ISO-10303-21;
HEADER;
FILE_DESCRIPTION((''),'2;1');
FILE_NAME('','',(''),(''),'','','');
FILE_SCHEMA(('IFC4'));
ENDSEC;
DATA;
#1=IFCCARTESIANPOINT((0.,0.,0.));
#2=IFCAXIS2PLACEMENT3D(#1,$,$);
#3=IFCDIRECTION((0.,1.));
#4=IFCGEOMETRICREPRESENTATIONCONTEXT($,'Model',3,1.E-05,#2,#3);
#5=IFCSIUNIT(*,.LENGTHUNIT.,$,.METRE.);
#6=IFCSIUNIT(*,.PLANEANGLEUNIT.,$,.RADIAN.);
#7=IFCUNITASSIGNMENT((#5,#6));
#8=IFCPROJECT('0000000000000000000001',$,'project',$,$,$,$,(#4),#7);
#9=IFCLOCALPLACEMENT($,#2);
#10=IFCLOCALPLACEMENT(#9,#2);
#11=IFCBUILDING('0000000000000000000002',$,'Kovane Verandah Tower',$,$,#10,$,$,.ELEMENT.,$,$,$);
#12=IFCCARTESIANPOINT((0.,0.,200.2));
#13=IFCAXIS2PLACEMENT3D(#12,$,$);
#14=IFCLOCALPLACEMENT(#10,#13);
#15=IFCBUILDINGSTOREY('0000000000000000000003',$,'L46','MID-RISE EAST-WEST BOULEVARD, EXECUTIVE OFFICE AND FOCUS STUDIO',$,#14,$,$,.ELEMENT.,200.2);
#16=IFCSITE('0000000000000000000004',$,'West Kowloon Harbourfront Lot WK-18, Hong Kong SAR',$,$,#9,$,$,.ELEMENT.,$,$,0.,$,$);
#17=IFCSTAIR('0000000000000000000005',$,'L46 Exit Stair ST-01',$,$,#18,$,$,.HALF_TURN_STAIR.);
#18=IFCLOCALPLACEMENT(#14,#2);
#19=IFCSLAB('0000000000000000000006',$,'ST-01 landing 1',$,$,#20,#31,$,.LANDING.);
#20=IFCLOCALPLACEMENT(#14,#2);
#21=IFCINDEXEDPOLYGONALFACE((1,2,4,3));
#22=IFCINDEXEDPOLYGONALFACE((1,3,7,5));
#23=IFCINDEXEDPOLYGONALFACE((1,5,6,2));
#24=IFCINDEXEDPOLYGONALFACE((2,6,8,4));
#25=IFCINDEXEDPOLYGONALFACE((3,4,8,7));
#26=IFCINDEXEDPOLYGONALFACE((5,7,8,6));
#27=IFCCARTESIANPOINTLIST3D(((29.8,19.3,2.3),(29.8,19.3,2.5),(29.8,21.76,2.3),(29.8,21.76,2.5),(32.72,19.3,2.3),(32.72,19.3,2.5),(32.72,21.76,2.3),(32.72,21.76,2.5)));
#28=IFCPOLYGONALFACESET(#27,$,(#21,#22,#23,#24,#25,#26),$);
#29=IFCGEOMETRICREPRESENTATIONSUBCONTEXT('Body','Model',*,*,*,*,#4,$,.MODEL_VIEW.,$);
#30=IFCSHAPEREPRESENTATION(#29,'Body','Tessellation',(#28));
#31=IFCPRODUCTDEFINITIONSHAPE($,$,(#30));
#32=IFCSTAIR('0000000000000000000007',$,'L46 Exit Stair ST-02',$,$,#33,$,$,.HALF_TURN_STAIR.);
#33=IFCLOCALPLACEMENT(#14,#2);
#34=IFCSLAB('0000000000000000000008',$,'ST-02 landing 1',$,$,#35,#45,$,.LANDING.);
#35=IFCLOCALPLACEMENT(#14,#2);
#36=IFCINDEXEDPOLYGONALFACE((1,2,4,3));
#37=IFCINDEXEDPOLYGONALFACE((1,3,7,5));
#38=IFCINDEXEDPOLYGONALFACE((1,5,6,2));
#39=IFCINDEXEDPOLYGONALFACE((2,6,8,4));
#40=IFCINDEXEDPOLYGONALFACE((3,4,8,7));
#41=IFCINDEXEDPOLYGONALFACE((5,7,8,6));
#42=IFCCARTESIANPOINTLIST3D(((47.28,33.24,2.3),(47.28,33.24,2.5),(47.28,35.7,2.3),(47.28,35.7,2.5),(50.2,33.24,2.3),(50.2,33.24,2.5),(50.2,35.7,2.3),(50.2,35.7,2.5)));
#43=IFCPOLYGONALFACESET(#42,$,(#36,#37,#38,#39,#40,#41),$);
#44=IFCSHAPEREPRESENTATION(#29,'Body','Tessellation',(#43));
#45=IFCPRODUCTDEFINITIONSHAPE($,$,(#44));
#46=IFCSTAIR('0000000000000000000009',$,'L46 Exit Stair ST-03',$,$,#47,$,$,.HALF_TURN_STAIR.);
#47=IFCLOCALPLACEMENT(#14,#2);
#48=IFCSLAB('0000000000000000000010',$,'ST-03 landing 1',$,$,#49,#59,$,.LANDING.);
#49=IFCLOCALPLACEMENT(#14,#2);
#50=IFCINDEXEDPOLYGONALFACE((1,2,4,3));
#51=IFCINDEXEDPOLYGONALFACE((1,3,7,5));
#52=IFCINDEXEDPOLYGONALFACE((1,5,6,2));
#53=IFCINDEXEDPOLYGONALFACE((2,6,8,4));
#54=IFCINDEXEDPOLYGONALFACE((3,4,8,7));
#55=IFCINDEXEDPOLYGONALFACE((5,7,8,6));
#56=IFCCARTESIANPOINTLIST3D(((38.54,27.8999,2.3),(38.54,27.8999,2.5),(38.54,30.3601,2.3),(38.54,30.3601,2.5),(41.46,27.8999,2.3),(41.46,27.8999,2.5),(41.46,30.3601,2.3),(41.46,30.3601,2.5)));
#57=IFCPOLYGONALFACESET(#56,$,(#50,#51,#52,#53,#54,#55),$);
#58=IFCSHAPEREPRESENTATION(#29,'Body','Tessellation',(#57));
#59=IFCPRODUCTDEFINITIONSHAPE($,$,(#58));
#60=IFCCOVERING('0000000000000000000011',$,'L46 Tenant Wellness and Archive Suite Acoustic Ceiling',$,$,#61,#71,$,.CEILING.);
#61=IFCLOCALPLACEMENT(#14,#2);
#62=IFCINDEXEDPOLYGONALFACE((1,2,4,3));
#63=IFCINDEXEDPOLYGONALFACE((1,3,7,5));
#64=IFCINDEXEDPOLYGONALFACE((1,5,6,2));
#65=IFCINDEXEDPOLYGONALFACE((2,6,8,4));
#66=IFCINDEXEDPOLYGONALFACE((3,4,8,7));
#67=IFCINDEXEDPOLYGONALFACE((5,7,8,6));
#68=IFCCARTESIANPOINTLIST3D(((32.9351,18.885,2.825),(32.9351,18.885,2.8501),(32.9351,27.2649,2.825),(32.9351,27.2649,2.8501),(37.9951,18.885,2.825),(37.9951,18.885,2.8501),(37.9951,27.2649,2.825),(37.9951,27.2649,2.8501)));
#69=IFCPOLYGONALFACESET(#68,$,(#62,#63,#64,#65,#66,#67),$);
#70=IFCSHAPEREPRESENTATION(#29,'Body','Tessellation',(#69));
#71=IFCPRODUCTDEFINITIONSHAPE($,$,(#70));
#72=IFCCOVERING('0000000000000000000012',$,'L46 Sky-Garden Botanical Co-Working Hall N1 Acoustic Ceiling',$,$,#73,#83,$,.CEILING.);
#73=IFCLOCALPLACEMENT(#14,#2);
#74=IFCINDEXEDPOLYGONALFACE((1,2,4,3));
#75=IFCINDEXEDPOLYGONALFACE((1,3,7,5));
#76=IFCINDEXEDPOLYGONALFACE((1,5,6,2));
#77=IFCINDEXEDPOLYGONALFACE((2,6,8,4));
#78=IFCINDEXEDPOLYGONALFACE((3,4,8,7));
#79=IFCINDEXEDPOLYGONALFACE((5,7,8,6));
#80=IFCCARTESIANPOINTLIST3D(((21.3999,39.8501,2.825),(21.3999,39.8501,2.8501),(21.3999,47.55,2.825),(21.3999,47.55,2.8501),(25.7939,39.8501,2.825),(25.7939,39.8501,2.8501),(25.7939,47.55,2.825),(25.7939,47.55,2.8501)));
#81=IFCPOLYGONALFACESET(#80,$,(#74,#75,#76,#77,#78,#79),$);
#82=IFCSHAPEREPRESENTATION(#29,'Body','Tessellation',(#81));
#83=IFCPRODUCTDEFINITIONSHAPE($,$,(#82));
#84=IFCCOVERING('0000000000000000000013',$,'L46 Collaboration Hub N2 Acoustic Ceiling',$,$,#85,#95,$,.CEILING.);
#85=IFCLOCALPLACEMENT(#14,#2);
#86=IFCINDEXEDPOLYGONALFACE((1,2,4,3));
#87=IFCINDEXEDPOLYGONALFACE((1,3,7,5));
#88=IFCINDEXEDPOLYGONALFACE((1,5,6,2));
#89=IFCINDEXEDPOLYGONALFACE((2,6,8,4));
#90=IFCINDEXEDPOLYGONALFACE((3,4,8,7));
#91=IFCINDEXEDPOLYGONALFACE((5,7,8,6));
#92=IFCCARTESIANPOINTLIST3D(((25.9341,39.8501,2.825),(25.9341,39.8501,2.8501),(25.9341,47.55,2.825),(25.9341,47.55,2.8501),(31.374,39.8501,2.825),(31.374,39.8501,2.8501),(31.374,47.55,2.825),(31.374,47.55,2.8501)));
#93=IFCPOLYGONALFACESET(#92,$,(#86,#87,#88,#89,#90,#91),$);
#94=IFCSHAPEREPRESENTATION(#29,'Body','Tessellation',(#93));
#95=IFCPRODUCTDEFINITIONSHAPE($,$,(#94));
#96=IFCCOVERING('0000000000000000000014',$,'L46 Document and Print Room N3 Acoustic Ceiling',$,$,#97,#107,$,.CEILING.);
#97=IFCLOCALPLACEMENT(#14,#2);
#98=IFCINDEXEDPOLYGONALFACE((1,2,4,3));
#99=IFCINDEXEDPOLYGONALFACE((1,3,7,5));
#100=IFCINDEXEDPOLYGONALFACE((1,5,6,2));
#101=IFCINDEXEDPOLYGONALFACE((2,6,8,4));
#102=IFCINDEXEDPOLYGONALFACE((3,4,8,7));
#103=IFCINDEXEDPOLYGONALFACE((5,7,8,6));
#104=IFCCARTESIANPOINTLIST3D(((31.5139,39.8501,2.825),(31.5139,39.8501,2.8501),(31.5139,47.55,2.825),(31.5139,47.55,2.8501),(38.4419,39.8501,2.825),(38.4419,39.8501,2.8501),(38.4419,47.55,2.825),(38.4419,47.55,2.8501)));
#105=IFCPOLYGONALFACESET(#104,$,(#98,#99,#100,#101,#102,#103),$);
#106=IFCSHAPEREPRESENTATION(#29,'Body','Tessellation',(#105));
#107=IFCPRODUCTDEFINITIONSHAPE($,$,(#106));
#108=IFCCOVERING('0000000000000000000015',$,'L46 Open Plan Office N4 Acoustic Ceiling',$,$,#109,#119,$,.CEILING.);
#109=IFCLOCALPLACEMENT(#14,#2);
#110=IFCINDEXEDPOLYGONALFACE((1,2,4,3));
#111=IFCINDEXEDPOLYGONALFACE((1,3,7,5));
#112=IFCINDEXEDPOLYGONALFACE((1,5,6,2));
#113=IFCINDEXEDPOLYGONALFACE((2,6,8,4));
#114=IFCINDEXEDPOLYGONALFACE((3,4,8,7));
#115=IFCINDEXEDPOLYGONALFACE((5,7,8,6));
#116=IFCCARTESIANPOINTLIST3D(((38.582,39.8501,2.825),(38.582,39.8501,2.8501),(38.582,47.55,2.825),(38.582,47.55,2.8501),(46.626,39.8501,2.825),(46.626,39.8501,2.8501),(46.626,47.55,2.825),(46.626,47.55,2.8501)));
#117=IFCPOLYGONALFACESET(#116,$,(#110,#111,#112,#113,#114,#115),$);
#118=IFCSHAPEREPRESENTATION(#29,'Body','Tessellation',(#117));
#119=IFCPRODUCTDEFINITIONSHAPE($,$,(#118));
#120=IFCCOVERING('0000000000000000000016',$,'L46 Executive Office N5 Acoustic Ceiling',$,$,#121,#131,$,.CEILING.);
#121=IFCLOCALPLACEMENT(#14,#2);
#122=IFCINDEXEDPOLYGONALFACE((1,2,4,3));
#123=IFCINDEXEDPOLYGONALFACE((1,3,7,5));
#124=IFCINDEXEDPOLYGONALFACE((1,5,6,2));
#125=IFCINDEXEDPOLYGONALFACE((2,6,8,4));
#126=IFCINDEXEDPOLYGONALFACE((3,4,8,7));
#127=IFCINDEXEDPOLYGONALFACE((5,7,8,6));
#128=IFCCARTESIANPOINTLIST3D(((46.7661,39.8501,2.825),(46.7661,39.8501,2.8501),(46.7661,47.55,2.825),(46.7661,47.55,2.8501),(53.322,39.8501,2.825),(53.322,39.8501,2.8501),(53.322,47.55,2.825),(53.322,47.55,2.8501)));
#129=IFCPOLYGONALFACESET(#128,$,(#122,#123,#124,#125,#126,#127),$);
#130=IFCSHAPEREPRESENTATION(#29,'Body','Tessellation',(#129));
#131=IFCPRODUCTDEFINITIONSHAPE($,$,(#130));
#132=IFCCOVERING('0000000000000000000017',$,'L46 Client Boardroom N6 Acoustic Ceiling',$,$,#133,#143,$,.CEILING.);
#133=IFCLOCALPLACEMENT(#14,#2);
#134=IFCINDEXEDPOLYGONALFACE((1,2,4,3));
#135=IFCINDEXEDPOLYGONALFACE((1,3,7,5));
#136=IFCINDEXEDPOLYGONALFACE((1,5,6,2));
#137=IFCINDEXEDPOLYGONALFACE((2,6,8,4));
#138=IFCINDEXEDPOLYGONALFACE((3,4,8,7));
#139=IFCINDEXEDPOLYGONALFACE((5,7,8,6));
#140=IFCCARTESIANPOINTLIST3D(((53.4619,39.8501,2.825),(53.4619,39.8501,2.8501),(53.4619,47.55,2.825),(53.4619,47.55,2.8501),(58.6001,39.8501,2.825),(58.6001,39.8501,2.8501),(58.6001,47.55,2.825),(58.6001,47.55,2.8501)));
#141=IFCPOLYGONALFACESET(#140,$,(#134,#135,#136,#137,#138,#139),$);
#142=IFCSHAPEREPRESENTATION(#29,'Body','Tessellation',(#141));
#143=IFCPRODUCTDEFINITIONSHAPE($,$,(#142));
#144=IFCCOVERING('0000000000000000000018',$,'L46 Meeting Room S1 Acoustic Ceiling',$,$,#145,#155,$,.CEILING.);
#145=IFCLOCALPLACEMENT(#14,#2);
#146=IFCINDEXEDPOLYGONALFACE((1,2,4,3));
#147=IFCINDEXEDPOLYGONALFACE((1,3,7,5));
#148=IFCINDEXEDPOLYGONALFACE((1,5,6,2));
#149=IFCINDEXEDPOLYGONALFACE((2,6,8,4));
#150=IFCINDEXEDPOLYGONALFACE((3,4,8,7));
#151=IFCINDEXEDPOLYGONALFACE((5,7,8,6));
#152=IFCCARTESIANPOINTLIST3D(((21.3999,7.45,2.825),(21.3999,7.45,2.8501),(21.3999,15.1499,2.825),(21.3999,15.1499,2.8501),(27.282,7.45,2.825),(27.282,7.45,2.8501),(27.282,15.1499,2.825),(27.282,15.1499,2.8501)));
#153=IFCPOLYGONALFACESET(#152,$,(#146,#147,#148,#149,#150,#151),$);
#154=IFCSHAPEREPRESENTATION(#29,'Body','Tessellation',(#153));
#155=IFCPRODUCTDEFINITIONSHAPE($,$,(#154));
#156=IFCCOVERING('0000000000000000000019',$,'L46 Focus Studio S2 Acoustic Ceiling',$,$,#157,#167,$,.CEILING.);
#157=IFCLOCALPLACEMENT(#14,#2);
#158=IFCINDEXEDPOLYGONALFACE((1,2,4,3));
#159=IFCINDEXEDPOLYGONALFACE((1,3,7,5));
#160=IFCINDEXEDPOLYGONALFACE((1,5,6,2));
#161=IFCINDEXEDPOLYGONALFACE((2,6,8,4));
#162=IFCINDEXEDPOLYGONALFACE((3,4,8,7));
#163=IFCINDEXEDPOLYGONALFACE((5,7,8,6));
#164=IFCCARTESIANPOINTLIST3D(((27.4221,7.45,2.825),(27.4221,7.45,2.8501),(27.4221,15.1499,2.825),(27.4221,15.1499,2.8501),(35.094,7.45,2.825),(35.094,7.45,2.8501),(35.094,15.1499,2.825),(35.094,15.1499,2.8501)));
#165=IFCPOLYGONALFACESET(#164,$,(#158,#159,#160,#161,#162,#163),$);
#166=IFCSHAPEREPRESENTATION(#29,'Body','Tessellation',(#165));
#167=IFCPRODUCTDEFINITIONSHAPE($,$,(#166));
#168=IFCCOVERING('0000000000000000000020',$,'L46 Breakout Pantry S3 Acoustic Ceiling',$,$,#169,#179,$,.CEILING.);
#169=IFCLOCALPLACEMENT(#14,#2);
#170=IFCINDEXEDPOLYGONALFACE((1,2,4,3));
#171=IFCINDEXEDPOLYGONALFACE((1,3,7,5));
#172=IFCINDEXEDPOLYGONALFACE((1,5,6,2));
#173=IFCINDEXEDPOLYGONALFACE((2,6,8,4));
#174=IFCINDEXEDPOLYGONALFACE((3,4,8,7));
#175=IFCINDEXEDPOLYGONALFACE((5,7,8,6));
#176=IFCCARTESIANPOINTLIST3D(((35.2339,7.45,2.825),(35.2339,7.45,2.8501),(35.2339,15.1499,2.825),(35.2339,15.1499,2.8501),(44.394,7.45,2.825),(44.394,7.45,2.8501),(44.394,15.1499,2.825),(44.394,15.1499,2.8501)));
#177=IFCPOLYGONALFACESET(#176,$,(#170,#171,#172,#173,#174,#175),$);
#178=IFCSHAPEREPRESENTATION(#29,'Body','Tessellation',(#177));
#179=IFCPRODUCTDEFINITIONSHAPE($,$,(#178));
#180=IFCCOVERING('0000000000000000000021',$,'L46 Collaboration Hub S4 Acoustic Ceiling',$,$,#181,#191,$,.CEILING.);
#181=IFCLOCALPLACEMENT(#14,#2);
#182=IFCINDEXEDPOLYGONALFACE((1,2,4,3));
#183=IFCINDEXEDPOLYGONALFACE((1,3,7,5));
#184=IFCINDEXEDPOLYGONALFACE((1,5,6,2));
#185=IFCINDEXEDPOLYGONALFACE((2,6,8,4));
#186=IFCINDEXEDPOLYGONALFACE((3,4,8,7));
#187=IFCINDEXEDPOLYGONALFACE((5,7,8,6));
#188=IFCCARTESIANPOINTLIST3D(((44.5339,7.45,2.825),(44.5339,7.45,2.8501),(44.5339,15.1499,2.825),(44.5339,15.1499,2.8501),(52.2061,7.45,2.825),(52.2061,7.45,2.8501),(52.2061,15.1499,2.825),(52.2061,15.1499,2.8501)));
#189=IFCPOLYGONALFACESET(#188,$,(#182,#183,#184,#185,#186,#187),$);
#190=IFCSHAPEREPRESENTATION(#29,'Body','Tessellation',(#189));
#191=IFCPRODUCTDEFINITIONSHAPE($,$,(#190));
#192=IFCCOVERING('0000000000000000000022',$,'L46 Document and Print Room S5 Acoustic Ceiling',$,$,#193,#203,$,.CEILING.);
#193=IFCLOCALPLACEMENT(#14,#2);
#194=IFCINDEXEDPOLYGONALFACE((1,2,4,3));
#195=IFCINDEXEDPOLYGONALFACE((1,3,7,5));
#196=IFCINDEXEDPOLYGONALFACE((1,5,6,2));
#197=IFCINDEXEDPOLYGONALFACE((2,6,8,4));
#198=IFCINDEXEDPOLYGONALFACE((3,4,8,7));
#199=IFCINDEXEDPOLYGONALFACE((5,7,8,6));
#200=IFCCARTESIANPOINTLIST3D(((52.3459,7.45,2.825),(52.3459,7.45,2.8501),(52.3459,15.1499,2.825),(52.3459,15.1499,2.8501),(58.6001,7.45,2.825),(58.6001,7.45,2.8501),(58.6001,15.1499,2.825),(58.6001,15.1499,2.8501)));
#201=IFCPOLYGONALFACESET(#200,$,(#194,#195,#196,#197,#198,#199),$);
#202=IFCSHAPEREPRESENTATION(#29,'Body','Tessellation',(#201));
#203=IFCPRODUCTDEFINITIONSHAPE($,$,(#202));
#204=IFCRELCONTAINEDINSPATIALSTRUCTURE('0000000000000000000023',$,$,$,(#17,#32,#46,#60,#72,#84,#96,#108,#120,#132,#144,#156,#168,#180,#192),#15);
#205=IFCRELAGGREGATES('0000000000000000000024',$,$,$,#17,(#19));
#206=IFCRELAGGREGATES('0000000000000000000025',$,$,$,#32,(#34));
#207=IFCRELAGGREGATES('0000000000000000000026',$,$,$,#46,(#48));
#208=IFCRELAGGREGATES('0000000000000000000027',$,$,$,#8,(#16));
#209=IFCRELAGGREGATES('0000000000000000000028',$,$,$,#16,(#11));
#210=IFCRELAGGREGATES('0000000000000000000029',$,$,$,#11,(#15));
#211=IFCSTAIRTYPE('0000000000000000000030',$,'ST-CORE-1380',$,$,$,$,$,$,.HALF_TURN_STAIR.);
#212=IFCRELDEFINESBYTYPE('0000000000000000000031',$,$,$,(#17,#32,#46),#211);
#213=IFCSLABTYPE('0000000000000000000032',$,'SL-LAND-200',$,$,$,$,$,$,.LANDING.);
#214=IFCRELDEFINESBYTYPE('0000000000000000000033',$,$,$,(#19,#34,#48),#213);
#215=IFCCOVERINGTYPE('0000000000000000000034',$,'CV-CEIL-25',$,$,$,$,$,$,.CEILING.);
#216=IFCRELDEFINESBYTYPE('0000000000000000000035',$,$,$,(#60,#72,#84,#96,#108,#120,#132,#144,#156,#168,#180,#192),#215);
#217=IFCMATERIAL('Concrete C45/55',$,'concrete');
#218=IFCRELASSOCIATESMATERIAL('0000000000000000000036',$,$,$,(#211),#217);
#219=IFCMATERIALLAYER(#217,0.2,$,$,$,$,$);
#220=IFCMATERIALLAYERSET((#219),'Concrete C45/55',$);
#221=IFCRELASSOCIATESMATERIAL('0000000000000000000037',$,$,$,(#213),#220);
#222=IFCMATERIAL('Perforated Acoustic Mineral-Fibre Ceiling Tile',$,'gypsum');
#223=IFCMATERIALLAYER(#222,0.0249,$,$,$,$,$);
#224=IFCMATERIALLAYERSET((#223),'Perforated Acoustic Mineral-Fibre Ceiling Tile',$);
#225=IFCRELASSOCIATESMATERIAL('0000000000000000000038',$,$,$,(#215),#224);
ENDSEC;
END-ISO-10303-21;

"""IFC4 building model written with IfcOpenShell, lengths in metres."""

from ifc_helpers import new_model, si_unit, direction, frame, origin, place, context, subcontext, project, spatial, polyline, outline, extrude, material, layer, layer_set, type_object, element, aggregate, save


model = new_model("IFC4")

# Units and contexts
model_context = context("Model", 3, precision=1e-05, world=origin(), true_north=direction((0.0, 1.0)))
body_context = subcontext(model_context, "Body", "Model", "MODEL_VIEW")
ifc_project = project(units=[si_unit("LENGTHUNIT", "METRE"), si_unit("PLANEANGLEUNIT", "RADIAN")], contexts=[model_context])

# Site, building, storey
site_placement = place(None, origin())
site = spatial("IfcSite", under=ifc_project, at=site_placement, Name="West Kowloon Harbourfront Lot WK-18, Hong Kong SAR", CompositionType="ELEMENT", RefElevation=0.0)
building_placement = place(site_placement, origin())
building = spatial("IfcBuilding", under=site, at=building_placement, Name="Kovane Verandah Tower", CompositionType="ELEMENT")
storey_placement = place(building_placement, frame((0.0, 0.0, 200.2)))
storey = spatial("IfcBuildingStorey", under=building, at=storey_placement, Name="L46", Description="MID-RISE EAST-WEST BOULEVARD, EXECUTIVE OFFICE AND FOCUS STUDIO", CompositionType="ELEMENT", Elevation=200.2)

# Stairs, slabs
ifc_material_1 = material(Name="Concrete C45/55", Category="concrete")
stair_type = type_object("IfcStairType", Name="ST-CORE-1380", PredefinedType="HALF_TURN_STAIR", material=ifc_material_1)
stair_1_placement = place(storey_placement, origin())
stair_1 = element("IfcStair", 1, at=stair_1_placement, inside=storey, type_object=stair_type, Name="L46 Exit Stair ST-01", PredefinedType="HALF_TURN_STAIR")
ifc_layer_1 = layer(ifc_material_1, 0.2)
ifc_layer_set_1 = layer_set([ifc_layer_1], Name="Concrete C45/55")
slab_type = type_object("IfcSlabType", Name="SL-LAND-200", PredefinedType="LANDING", material=ifc_layer_set_1)
slab_1_placement = place(storey_placement, frame((0.0, 0.0, 2.3)))
slab_1 = element("IfcSlab", 2, at=slab_1_placement, type_object=slab_type, Name="ST-01 landing 1", PredefinedType="LANDING", context=body_context, shape_type="SweptSolid", body=[
    extrude(outline(polyline([(29.8, 21.76), (29.8, 19.3), (32.72, 19.3), (32.72, 21.76), (29.8, 21.76)])), origin(), (0.0, 0.0, 1.0), 0.2),
])
aggregate(stair_1, [slab_1])
stair_2_placement = place(storey_placement, origin())
stair_2 = element("IfcStair", 3, at=stair_2_placement, inside=storey, type_object=stair_type, Name="L46 Exit Stair ST-02", PredefinedType="HALF_TURN_STAIR")
slab_2_placement = place(storey_placement, frame((0.0, 0.0, 2.3)))
slab_2 = element("IfcSlab", 4, at=slab_2_placement, type_object=slab_type, Name="ST-02 landing 1", PredefinedType="LANDING", context=body_context, shape_type="SweptSolid", body=[
    extrude(outline(polyline([(50.2, 33.24), (50.2, 35.7), (47.28, 35.7), (47.28, 33.24), (50.2, 33.24)])), origin(), (0.0, 0.0, 1.0), 0.2),
])
aggregate(stair_2, [slab_2])
stair_3_placement = place(storey_placement, origin())
stair_3 = element("IfcStair", 5, at=stair_3_placement, inside=storey, type_object=stair_type, Name="L46 Exit Stair ST-03", PredefinedType="HALF_TURN_STAIR")
slab_3_placement = place(storey_placement, frame((0.0, 0.0, 2.3)))
slab_3 = element("IfcSlab", 6, at=slab_3_placement, type_object=slab_type, Name="ST-03 landing 1", PredefinedType="LANDING", context=body_context, shape_type="SweptSolid", body=[
    extrude(outline(polyline([(38.54, 30.3601), (38.54, 27.8999), (41.46, 27.8999), (41.46, 30.3601), (38.54, 30.3601)])), origin(), (0.0, 0.0, 1.0), 0.2),
])
aggregate(stair_3, [slab_3])

# Coverings
ifc_material_2 = material(Name="Perforated Acoustic Mineral-Fibre Ceiling Tile", Category="gypsum")
ifc_layer_2 = layer(ifc_material_2, 0.0249)
ifc_layer_set_2 = layer_set([ifc_layer_2], Name="Perforated Acoustic Mineral-Fibre Ceiling Tile")
covering_type_1 = type_object("IfcCoveringType", Name="CV-CEIL-25", PredefinedType="CEILING", material=ifc_layer_set_2)
covering_1_placement = place(storey_placement, frame((0.0, 0.0, 2.825)))
element("IfcCovering", 7, at=covering_1_placement, inside=storey, type_object=covering_type_1, Name="L46 Tenant Wellness and Archive Suite Acoustic Ceiling", PredefinedType="CEILING", context=body_context, shape_type="SweptSolid", body=[
    extrude(outline(polyline([(32.9351, 18.885), (37.9951, 18.885), (37.9951, 27.2649), (32.9351, 27.2649), (32.9351, 18.885)])), origin(), (0.0, 0.0, 1.0), 0.0251),
])
covering_2_placement = place(storey_placement, frame((0.0, 0.0, 2.825)))
element("IfcCovering", 8, at=covering_2_placement, inside=storey, type_object=covering_type_1, Name="L46 Sky-Garden Botanical Co-Working Hall N1 Acoustic Ceiling", PredefinedType="CEILING", context=body_context, shape_type="SweptSolid", body=[
    extrude(outline(polyline([(21.3999, 39.8501), (25.7939, 39.8501), (25.7939, 47.55), (21.3999, 47.55), (21.3999, 39.8501)])), origin(), (0.0, 0.0, 1.0), 0.0251),
])
covering_3_placement = place(storey_placement, frame((0.0, 0.0, 2.825)))
element("IfcCovering", 9, at=covering_3_placement, inside=storey, type_object=covering_type_1, Name="L46 Collaboration Hub N2 Acoustic Ceiling", PredefinedType="CEILING", context=body_context, shape_type="SweptSolid", body=[
    extrude(outline(polyline([(25.9341, 39.8501), (31.374, 39.8501), (31.374, 47.55), (25.9341, 47.55), (25.9341, 39.8501)])), origin(), (0.0, 0.0, 1.0), 0.0251),
])
covering_4_placement = place(storey_placement, frame((0.0, 0.0, 2.825)))
element("IfcCovering", 10, at=covering_4_placement, inside=storey, type_object=covering_type_1, Name="L46 Document and Print Room N3 Acoustic Ceiling", PredefinedType="CEILING", context=body_context, shape_type="SweptSolid", body=[
    extrude(outline(polyline([(31.5139, 39.8501), (38.4419, 39.8501), (38.4419, 47.55), (31.5139, 47.55), (31.5139, 39.8501)])), origin(), (0.0, 0.0, 1.0), 0.0251),
])
covering_5_placement = place(storey_placement, frame((0.0, 0.0, 2.825)))
element("IfcCovering", 11, at=covering_5_placement, inside=storey, type_object=covering_type_1, Name="L46 Open Plan Office N4 Acoustic Ceiling", PredefinedType="CEILING", context=body_context, shape_type="SweptSolid", body=[
    extrude(outline(polyline([(38.582, 39.8501), (46.626, 39.8501), (46.626, 47.55), (38.582, 47.55), (38.582, 39.8501)])), origin(), (0.0, 0.0, 1.0), 0.0251),
])
covering_6_placement = place(storey_placement, frame((0.0, 0.0, 2.825)))
element("IfcCovering", 12, at=covering_6_placement, inside=storey, type_object=covering_type_1, Name="L46 Executive Office N5 Acoustic Ceiling", PredefinedType="CEILING", context=body_context, shape_type="SweptSolid", body=[
    extrude(outline(polyline([(46.7661, 39.8501), (53.322, 39.8501), (53.322, 47.55), (46.7661, 47.55), (46.7661, 39.8501)])), origin(), (0.0, 0.0, 1.0), 0.0251),
])
covering_7_placement = place(storey_placement, frame((0.0, 0.0, 2.825)))
element("IfcCovering", 13, at=covering_7_placement, inside=storey, type_object=covering_type_1, Name="L46 Client Boardroom N6 Acoustic Ceiling", PredefinedType="CEILING", context=body_context, shape_type="SweptSolid", body=[
    extrude(outline(polyline([(53.4619, 39.8501), (58.6001, 39.8501), (58.6001, 47.55), (53.4619, 47.55), (53.4619, 39.8501)])), origin(), (0.0, 0.0, 1.0), 0.0251),
])
covering_8_placement = place(storey_placement, frame((0.0, 0.0, 2.825)))
element("IfcCovering", 14, at=covering_8_placement, inside=storey, type_object=covering_type_1, Name="L46 Meeting Room S1 Acoustic Ceiling", PredefinedType="CEILING", context=body_context, shape_type="SweptSolid", body=[
    extrude(outline(polyline([(21.3999, 7.45), (27.282, 7.45), (27.282, 15.1499), (21.3999, 15.1499), (21.3999, 7.45)])), origin(), (0.0, 0.0, 1.0), 0.0251),
])
covering_9_placement = place(storey_placement, frame((0.0, 0.0, 2.825)))
element("IfcCovering", 15, at=covering_9_placement, inside=storey, type_object=covering_type_1, Name="L46 Focus Studio S2 Acoustic Ceiling", PredefinedType="CEILING", context=body_context, shape_type="SweptSolid", body=[
    extrude(outline(polyline([(27.4221, 7.45), (35.094, 7.45), (35.094, 15.1499), (27.4221, 15.1499), (27.4221, 7.45)])), origin(), (0.0, 0.0, 1.0), 0.0251),
])
covering_10_placement = place(storey_placement, frame((0.0, 0.0, 2.825)))
element("IfcCovering", 16, at=covering_10_placement, inside=storey, type_object=covering_type_1, Name="L46 Breakout Pantry S3 Acoustic Ceiling", PredefinedType="CEILING", context=body_context, shape_type="SweptSolid", body=[
    extrude(outline(polyline([(35.2339, 7.45), (44.394, 7.45), (44.394, 15.1499), (35.2339, 15.1499), (35.2339, 7.45)])), origin(), (0.0, 0.0, 1.0), 0.0251),
])
covering_11_placement = place(storey_placement, frame((0.0, 0.0, 2.825)))
element("IfcCovering", 17, at=covering_11_placement, inside=storey, type_object=covering_type_1, Name="L46 Collaboration Hub S4 Acoustic Ceiling", PredefinedType="CEILING", context=body_context, shape_type="SweptSolid", body=[
    extrude(outline(polyline([(44.5339, 7.45), (52.2061, 7.45), (52.2061, 15.1499), (44.5339, 15.1499), (44.5339, 7.45)])), origin(), (0.0, 0.0, 1.0), 0.0251),
])
covering_12_placement = place(storey_placement, frame((0.0, 0.0, 2.825)))
element("IfcCovering", 18, at=covering_12_placement, inside=storey, type_object=covering_type_1, Name="L46 Document and Print Room S5 Acoustic Ceiling", PredefinedType="CEILING", context=body_context, shape_type="SweptSolid", body=[
    extrude(outline(polyline([(52.3459, 7.45), (58.6001, 7.45), (58.6001, 15.1499), (52.3459, 15.1499), (52.3459, 7.45)])), origin(), (0.0, 0.0, 1.0), 0.0251),
])

save(model, "model.ifc")
